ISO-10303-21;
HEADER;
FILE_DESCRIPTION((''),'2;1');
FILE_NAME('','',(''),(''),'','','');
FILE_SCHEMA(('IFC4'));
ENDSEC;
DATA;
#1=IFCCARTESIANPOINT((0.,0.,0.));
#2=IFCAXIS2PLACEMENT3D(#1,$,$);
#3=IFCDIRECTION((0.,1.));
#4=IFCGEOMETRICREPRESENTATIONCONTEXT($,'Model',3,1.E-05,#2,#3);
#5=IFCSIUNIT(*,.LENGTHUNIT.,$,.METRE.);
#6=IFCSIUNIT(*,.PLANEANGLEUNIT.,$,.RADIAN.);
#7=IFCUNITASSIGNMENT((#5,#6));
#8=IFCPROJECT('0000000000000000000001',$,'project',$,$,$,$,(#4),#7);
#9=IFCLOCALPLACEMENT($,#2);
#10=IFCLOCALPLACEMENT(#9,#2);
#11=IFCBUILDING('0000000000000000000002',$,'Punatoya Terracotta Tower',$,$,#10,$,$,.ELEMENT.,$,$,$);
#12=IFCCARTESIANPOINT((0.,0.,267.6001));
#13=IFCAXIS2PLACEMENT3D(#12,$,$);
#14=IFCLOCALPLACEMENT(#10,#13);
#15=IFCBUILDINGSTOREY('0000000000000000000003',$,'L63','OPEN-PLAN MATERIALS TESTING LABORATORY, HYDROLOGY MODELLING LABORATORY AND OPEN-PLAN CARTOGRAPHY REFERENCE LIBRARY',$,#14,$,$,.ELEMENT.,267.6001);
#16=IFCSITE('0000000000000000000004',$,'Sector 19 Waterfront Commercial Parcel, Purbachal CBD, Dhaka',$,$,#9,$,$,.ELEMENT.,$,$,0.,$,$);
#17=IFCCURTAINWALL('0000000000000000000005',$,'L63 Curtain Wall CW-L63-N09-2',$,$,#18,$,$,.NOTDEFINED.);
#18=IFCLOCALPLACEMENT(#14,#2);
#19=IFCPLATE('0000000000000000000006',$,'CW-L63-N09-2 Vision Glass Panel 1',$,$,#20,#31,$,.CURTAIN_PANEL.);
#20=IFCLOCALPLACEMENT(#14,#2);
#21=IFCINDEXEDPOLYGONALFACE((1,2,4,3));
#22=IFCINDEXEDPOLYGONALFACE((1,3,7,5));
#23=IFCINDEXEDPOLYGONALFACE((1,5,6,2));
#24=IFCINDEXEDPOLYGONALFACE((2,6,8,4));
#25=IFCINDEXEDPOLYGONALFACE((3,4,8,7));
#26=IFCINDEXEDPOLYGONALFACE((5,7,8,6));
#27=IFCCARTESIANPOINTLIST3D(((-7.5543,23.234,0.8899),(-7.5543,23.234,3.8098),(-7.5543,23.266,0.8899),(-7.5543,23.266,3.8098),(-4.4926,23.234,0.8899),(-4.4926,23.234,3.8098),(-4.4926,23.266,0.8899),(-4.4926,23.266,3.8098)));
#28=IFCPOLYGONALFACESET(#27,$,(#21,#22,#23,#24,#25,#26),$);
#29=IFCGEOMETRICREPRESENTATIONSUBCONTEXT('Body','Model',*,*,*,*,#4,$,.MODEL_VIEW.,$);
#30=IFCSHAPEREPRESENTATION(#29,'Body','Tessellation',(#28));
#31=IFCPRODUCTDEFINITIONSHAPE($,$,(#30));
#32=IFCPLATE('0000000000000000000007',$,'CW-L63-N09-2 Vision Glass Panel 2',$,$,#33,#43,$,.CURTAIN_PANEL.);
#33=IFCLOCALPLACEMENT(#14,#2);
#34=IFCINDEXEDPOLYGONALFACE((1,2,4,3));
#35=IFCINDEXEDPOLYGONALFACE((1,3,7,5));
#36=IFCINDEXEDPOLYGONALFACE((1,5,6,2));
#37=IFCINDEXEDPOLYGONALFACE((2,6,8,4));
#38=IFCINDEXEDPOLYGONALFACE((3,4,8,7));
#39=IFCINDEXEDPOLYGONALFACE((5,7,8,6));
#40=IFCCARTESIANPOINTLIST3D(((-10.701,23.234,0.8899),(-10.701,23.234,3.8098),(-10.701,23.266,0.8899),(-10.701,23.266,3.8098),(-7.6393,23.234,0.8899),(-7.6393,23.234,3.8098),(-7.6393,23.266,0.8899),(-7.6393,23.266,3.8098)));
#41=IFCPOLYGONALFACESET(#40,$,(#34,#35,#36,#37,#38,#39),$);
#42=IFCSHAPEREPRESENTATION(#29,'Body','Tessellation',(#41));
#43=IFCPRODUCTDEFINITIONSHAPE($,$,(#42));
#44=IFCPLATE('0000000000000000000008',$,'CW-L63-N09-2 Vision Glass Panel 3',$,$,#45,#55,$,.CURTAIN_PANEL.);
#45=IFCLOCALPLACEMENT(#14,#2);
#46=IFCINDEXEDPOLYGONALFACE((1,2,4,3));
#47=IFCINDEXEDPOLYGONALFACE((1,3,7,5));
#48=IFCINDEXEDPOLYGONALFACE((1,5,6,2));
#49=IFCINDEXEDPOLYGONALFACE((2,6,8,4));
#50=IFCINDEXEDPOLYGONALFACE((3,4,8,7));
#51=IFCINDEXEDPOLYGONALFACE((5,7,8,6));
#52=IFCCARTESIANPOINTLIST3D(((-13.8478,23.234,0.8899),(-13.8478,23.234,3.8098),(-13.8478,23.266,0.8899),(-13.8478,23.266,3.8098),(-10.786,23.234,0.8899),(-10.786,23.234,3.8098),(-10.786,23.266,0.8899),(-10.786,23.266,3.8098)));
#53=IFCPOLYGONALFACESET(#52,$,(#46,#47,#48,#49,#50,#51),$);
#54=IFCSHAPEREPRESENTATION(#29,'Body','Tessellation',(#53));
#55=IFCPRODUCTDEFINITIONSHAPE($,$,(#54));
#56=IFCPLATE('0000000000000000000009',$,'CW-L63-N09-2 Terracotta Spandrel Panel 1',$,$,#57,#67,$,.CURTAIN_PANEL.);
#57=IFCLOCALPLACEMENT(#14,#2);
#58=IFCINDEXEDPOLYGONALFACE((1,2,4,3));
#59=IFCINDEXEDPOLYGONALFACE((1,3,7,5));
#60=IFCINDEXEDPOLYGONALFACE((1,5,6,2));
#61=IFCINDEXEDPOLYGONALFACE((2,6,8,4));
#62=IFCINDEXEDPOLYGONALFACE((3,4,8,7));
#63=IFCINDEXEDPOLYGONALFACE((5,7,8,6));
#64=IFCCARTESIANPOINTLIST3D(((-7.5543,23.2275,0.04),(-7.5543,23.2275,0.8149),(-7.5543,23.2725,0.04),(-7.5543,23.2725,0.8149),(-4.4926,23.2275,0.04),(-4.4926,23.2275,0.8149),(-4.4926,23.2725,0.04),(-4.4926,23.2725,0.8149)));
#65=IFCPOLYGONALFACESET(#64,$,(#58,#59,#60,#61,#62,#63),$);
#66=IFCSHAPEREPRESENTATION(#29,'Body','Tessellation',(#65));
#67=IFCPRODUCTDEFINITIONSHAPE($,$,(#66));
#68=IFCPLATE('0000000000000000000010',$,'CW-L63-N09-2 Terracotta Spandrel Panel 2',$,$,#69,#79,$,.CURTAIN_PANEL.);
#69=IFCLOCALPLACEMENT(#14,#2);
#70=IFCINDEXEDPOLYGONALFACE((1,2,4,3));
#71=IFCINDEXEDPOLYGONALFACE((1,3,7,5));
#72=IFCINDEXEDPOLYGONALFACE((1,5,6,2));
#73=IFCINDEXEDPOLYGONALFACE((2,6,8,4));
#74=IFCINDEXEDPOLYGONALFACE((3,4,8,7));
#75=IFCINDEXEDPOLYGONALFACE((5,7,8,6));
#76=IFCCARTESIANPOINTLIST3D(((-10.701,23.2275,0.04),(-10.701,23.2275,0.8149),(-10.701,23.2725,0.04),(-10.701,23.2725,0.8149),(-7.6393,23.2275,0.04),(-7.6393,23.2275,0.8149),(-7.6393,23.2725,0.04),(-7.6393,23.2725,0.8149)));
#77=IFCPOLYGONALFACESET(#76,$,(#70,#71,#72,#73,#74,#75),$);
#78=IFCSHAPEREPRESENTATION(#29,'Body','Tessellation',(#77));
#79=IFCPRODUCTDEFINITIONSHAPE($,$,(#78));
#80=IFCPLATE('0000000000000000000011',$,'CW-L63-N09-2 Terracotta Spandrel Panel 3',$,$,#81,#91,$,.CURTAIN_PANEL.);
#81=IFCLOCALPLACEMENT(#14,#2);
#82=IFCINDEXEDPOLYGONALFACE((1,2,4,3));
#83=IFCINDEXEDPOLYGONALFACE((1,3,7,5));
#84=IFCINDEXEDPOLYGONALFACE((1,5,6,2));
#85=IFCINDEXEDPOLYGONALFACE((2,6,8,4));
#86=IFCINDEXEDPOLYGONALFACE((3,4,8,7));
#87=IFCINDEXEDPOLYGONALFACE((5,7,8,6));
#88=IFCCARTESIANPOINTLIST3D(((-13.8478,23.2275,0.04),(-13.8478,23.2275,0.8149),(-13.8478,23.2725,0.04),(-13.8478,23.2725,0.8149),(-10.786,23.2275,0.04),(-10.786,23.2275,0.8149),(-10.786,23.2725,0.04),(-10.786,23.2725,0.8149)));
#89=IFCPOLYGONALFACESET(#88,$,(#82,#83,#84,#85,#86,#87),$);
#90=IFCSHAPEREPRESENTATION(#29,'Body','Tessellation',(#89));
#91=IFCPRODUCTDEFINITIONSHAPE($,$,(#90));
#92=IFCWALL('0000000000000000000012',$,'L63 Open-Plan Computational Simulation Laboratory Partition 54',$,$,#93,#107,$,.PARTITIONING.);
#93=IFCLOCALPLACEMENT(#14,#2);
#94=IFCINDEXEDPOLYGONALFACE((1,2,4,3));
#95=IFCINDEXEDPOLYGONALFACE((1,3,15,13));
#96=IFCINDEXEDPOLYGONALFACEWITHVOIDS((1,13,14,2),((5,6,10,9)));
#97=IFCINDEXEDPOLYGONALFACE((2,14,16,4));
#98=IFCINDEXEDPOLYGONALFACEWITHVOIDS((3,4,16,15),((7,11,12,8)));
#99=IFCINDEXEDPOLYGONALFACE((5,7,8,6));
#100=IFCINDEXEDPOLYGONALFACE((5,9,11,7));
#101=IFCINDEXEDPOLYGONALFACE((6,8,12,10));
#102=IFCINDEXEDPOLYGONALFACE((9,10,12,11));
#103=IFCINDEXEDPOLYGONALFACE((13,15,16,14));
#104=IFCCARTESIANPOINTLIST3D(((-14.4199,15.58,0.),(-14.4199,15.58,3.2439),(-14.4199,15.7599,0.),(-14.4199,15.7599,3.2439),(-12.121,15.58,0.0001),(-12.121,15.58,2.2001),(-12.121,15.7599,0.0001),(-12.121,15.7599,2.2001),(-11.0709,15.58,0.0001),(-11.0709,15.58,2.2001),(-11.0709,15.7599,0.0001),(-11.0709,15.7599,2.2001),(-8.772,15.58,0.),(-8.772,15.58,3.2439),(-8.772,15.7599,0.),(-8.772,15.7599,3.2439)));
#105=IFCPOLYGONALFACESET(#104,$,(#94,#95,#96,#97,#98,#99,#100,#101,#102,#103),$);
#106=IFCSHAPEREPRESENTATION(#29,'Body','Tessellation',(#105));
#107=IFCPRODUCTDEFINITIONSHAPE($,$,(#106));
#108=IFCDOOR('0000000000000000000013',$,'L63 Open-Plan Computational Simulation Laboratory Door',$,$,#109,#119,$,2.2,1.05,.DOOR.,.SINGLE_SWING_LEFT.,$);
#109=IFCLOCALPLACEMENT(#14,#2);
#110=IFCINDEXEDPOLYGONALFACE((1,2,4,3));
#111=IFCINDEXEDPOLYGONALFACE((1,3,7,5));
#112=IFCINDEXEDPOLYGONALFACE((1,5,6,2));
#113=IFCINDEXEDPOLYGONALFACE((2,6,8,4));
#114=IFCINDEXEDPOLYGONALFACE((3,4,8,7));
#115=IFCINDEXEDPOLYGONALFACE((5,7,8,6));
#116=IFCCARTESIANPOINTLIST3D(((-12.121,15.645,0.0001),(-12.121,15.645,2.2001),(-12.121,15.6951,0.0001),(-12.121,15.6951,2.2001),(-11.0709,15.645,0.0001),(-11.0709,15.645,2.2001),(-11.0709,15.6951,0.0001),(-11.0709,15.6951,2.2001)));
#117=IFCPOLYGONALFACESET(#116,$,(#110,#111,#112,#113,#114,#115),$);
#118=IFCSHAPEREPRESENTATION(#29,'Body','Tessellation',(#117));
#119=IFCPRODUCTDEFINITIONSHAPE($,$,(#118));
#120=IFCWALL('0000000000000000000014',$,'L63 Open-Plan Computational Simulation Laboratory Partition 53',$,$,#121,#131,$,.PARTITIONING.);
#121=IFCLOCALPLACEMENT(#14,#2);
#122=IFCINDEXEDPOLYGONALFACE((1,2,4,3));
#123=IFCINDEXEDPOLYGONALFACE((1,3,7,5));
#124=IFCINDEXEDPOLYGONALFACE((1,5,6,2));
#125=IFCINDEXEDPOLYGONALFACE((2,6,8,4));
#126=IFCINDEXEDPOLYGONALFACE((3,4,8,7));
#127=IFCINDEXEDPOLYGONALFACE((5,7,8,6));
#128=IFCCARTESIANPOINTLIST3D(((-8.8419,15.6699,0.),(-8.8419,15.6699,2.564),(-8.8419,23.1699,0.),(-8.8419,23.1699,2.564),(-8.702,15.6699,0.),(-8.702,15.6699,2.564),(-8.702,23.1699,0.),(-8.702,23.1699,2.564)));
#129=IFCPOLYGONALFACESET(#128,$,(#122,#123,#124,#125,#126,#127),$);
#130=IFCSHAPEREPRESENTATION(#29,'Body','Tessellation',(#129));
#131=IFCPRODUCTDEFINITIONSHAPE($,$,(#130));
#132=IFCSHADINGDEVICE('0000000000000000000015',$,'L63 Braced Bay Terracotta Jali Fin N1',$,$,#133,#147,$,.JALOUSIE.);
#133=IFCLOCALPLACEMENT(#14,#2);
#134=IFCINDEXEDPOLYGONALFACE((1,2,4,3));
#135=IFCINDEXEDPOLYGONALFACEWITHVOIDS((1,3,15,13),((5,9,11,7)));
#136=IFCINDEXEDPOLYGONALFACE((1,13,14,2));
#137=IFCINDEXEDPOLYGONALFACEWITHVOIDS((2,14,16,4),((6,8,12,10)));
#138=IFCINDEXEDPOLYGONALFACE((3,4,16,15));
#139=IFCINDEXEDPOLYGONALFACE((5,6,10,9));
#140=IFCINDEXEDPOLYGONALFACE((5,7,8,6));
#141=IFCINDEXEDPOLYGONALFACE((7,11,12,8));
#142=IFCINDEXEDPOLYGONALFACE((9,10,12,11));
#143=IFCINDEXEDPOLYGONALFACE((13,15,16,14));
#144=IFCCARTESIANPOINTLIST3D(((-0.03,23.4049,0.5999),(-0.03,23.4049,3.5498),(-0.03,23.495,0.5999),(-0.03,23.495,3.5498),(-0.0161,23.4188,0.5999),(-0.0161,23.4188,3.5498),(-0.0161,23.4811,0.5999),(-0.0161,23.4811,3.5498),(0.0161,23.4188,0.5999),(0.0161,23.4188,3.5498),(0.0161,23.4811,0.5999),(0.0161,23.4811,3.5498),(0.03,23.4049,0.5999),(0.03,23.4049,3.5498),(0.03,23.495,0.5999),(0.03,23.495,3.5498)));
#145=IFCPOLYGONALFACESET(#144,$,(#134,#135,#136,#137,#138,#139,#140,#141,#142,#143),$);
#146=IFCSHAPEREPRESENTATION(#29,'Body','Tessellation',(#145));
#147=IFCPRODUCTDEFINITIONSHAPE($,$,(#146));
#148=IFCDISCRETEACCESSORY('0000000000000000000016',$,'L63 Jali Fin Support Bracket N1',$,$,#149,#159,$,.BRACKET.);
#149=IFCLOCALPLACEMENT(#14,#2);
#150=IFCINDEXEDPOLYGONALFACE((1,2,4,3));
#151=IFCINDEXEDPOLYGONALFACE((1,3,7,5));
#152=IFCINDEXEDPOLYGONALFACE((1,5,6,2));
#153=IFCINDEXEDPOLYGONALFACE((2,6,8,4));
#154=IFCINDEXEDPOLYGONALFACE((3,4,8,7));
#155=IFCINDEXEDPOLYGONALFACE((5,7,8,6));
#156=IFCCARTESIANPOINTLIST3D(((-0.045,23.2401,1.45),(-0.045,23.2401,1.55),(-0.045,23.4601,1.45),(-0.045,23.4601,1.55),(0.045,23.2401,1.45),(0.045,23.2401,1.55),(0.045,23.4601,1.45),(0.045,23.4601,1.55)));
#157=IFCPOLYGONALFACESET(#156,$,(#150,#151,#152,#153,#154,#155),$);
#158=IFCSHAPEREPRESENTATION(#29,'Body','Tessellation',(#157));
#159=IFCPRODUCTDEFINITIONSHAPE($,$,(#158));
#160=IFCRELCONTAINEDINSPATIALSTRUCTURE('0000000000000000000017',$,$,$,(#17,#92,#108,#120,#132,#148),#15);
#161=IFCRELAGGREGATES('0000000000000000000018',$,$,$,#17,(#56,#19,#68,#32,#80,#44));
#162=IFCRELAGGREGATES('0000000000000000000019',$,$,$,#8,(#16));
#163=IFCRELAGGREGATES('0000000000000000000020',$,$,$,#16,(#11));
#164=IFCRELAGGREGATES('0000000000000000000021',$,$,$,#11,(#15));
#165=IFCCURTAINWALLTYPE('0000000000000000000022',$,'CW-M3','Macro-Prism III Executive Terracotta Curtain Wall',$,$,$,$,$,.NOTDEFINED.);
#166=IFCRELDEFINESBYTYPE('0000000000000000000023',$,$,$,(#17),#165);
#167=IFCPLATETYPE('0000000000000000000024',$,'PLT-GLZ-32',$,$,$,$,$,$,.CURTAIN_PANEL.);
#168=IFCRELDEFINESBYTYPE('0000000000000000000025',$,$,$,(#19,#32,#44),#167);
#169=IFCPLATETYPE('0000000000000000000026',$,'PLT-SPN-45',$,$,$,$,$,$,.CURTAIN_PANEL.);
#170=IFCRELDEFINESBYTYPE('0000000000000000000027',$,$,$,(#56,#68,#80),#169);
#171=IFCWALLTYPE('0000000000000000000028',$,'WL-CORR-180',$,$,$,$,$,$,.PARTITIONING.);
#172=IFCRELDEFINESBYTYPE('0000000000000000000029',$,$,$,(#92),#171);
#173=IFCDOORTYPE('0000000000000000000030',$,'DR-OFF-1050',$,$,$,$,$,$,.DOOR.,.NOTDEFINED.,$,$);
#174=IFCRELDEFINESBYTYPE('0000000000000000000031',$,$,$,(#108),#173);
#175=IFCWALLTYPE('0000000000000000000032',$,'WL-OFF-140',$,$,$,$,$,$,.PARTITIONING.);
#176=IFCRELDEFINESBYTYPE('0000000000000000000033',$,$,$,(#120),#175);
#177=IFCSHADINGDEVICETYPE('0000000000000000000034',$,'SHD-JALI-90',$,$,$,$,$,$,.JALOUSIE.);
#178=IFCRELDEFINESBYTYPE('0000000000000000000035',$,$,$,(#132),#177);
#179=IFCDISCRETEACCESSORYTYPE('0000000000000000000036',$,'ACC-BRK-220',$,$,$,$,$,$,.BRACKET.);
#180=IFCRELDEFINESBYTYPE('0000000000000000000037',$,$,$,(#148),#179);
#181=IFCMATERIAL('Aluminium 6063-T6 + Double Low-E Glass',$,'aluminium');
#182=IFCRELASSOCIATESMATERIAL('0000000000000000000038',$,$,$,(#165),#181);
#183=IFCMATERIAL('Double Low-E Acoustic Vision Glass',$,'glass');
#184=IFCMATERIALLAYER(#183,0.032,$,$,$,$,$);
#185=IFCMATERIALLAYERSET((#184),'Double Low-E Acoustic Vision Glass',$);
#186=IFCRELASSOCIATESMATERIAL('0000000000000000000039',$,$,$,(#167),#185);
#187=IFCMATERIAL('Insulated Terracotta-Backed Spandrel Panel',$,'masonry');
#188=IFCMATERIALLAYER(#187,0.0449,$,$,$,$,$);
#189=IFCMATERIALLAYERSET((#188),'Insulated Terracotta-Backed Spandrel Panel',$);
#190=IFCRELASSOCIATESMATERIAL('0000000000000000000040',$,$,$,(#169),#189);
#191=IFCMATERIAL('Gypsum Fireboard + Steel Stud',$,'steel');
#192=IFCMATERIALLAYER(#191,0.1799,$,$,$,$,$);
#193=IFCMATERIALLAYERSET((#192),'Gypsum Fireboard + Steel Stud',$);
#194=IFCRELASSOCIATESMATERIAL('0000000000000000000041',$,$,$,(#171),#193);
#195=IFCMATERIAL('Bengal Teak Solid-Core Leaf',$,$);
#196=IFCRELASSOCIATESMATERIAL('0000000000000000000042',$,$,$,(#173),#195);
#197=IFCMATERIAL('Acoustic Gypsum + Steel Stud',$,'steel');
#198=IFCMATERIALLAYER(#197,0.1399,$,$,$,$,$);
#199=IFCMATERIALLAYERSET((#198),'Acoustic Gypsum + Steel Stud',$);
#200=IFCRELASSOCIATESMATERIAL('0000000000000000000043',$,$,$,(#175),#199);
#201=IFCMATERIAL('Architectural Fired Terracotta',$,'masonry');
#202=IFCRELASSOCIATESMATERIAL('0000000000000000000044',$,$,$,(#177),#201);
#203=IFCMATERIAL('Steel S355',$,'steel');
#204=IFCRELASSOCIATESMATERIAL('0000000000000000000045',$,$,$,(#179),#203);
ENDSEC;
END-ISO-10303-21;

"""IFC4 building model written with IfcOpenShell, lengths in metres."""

from ifc_helpers import new_model, si_unit, direction, frame, frame_2d, origin, origin_2d, place, context, subcontext, project, spatial, rectangle, hollow_rectangle, extrude, material, layer, layer_set, material_profile, profile_set, type_object, element, fill, aggregate, save


model = new_model("IFC4")

# Units and contexts
model_context = context("Model", 3, precision=1e-05, world=origin(), true_north=direction((0.0, 1.0)))
body_context = subcontext(model_context, "Body", "Model", "MODEL_VIEW")
ifc_project = project(units=[si_unit("LENGTHUNIT", "METRE"), si_unit("PLANEANGLEUNIT", "RADIAN")], contexts=[model_context])

# Site, building, storey
site_placement = place(None, origin())
site = spatial("IfcSite", under=ifc_project, at=site_placement, Name="Sector 19 Waterfront Commercial Parcel, Purbachal CBD, Dhaka", CompositionType="ELEMENT", RefElevation=0.0)
building_placement = place(site_placement, origin())
building = spatial("IfcBuilding", under=site, at=building_placement, Name="Punatoya Terracotta Tower", CompositionType="ELEMENT")
storey_placement = place(building_placement, frame((0.0, 0.0, 267.6001)))
storey = spatial("IfcBuildingStorey", under=building, at=storey_placement, Name="L63", Description="OPEN-PLAN MATERIALS TESTING LABORATORY, HYDROLOGY MODELLING LABORATORY AND OPEN-PLAN CARTOGRAPHY REFERENCE LIBRARY", CompositionType="ELEMENT", Elevation=267.6001)

# Shared definitions
ifc_material_1 = material(Name="Steel S355", Category="steel")

# Curtain wall
ifc_material_2 = material(Name="Aluminium 6063-T6 + Double Low-E Glass", Category="aluminium")
curtain_wall_type = type_object("IfcCurtainWallType", Name="CW-M3", Description="Macro-Prism III Executive Terracotta Curtain Wall", PredefinedType="NOTDEFINED", material=ifc_material_2)
curtain_wall_placement = place(storey_placement, origin())
curtain_wall = element("IfcCurtainWall", 1, at=curtain_wall_placement, inside=storey, type_object=curtain_wall_type, Name="L63 Curtain Wall CW-L63-N09-2", PredefinedType="NOTDEFINED")

# Plates
ifc_material_3 = material(Name="Double Low-E Acoustic Vision Glass", Category="glass")
ifc_layer_1 = layer(ifc_material_3, 0.032)
ifc_layer_set_1 = layer_set([ifc_layer_1], Name="Double Low-E Acoustic Vision Glass")
plate_type_1 = type_object("IfcPlateType", Name="PLT-GLZ-32", PredefinedType="CURTAIN_PANEL", material=ifc_layer_set_1)
plate_1_placement = place(storey_placement, frame((-6.0234, 23.25, 0.8899), z_axis=(0.0, 0.0, 1.0), x_axis=(-1.0, 0.0, 0.0)))
plate_1 = element("IfcPlate", 2, at=plate_1_placement, type_object=plate_type_1, Name="CW-L63-N09-2 Vision Glass Panel 1", PredefinedType="CURTAIN_PANEL", context=body_context, shape_type="SweptSolid", body=[
    extrude(rectangle(XDim=3.0618, YDim=0.032, at=origin_2d()), origin(), (0.0, 0.0, 1.0), 2.9199),
])
plate_2_placement = place(storey_placement, frame((-9.1702, 23.25, 0.8899), z_axis=(0.0, 0.0, 1.0), x_axis=(-1.0, 0.0, 0.0)))
plate_2 = element("IfcPlate", 3, at=plate_2_placement, type_object=plate_type_1, Name="CW-L63-N09-2 Vision Glass Panel 2", PredefinedType="CURTAIN_PANEL", context=body_context, shape_type="SweptSolid", body=[
    extrude(rectangle(XDim=3.0618, YDim=0.032, at=origin_2d()), origin(), (0.0, 0.0, 1.0), 2.9199),
])
plate_3_placement = place(storey_placement, frame((-12.3169, 23.25, 0.8899), z_axis=(0.0, 0.0, 1.0), x_axis=(-1.0, 0.0, 0.0)))
plate_3 = element("IfcPlate", 4, at=plate_3_placement, type_object=plate_type_1, Name="CW-L63-N09-2 Vision Glass Panel 3", PredefinedType="CURTAIN_PANEL", context=body_context, shape_type="SweptSolid", body=[
    extrude(rectangle(XDim=3.0618, YDim=0.032, at=origin_2d()), origin(), (0.0, 0.0, 1.0), 2.9199),
])
ifc_material_4 = material(Name="Insulated Terracotta-Backed Spandrel Panel", Category="masonry")
ifc_layer_2 = layer(ifc_material_4, 0.0449)
ifc_layer_set_2 = layer_set([ifc_layer_2], Name="Insulated Terracotta-Backed Spandrel Panel")
plate_type_2 = type_object("IfcPlateType", Name="PLT-SPN-45", PredefinedType="CURTAIN_PANEL", material=ifc_layer_set_2)
plate_4_placement = place(storey_placement, frame((-6.0234, 23.25, 0.04), z_axis=(0.0, 0.0, 1.0), x_axis=(-1.0, 0.0, 0.0)))
plate_4 = element("IfcPlate", 5, at=plate_4_placement, type_object=plate_type_2, Name="CW-L63-N09-2 Terracotta Spandrel Panel 1", PredefinedType="CURTAIN_PANEL", context=body_context, shape_type="SweptSolid", body=[
    extrude(rectangle(XDim=3.0618, YDim=0.0449, at=origin_2d()), origin(), (0.0, 0.0, 1.0), 0.7749),
])
plate_5_placement = place(storey_placement, frame((-9.1702, 23.25, 0.04), z_axis=(0.0, 0.0, 1.0), x_axis=(-1.0, 0.0, 0.0)))
plate_5 = element("IfcPlate", 6, at=plate_5_placement, type_object=plate_type_2, Name="CW-L63-N09-2 Terracotta Spandrel Panel 2", PredefinedType="CURTAIN_PANEL", context=body_context, shape_type="SweptSolid", body=[
    extrude(rectangle(XDim=3.0618, YDim=0.0449, at=origin_2d()), origin(), (0.0, 0.0, 1.0), 0.7749),
])
plate_6_placement = place(storey_placement, frame((-12.3169, 23.25, 0.04), z_axis=(0.0, 0.0, 1.0), x_axis=(-1.0, 0.0, 0.0)))
plate_6 = element("IfcPlate", 7, at=plate_6_placement, type_object=plate_type_2, Name="CW-L63-N09-2 Terracotta Spandrel Panel 3", PredefinedType="CURTAIN_PANEL", context=body_context, shape_type="SweptSolid", body=[
    extrude(rectangle(XDim=3.0618, YDim=0.0449, at=origin_2d()), origin(), (0.0, 0.0, 1.0), 0.7749),
])
aggregate(curtain_wall, [plate_4, plate_1, plate_5, plate_2, plate_6, plate_3])

# Wall, opening, door
ifc_material_5 = material(Name="Gypsum Fireboard + Steel Stud", Category="steel")
ifc_layer_3 = layer(ifc_material_5, 0.1799)
ifc_layer_set_3 = layer_set([ifc_layer_3], Name="Gypsum Fireboard + Steel Stud")
wall_type_1 = type_object("IfcWallType", Name="WL-CORR-180", PredefinedType="PARTITIONING", material=ifc_layer_set_3)
wall_1_placement = place(storey_placement, frame((-8.772, 15.6699, 0.0), z_axis=(0.0, 0.0, 1.0), x_axis=(-1.0, 0.0, 0.0)))
wall_1 = element("IfcWall", 8, at=wall_1_placement, inside=storey, type_object=wall_type_1, Name="L63 Open-Plan Computational Simulation Laboratory Partition 54", PredefinedType="PARTITIONING", context=body_context, shape_type="SweptSolid", body=[
    extrude(rectangle(XDim=5.6479, YDim=0.1799, at=frame_2d((2.824, 0.0))), origin(), (0.0, 0.0, 1.0), 3.2439),
])
opening_placement = place(wall_1_placement, frame((2.2991, 0.0, 0.0)))
opening = element("IfcOpeningElement", 9, at=opening_placement, cuts=wall_1, PredefinedType="OPENING", context=body_context, shape_type="SweptSolid", body=[
    extrude(rectangle(XDim=1.05, YDim=2.2, at=frame_2d((0.5249, 1.1001))), frame((0.0, 0.0999, 0.0), z_axis=(0.0, -1.0, 0.0), x_axis=(1.0, 0.0, 0.0)), (0.0, 0.0, 1.0), 0.2),
])
ifc_material_6 = material(Name="Bengal Teak Solid-Core Leaf")
door_type = type_object("IfcDoorType", Name="DR-OFF-1050", OperationType="NOTDEFINED", PredefinedType="DOOR", material=ifc_material_6)
door_placement = place(opening_placement, origin())
door = element("IfcDoor", 10, at=door_placement, inside=storey, type_object=door_type, Name="L63 Open-Plan Computational Simulation Laboratory Door", OperationType="SINGLE_SWING_LEFT", OverallHeight=2.2, OverallWidth=1.05, PredefinedType="DOOR", context=body_context, shape_type="SweptSolid", body=[
    extrude(rectangle(XDim=1.05, YDim=2.2, at=frame_2d((0.5249, 1.1001))), frame((0.0, 0.0249, 0.0), z_axis=(0.0, -1.0, 0.0), x_axis=(1.0, 0.0, 0.0)), (0.0, 0.0, 1.0), 0.05),
])
fill(opening, door)

# Wall
ifc_material_7 = material(Name="Acoustic Gypsum + Steel Stud", Category="steel")
ifc_layer_4 = layer(ifc_material_7, 0.1399)
ifc_layer_set_4 = layer_set([ifc_layer_4], Name="Acoustic Gypsum + Steel Stud")
wall_type_2 = type_object("IfcWallType", Name="WL-OFF-140", PredefinedType="PARTITIONING", material=ifc_layer_set_4)
wall_2_placement = place(storey_placement, frame((-8.772, 23.1699, 0.0), z_axis=(0.0, 0.0, 1.0), x_axis=(0.0, -1.0, 0.0)))
element("IfcWall", 11, at=wall_2_placement, inside=storey, type_object=wall_type_2, Name="L63 Open-Plan Computational Simulation Laboratory Partition 53", PredefinedType="PARTITIONING", context=body_context, shape_type="SweptSolid", body=[
    extrude(rectangle(XDim=7.5, YDim=0.1399, at=frame_2d((3.75, 0.0))), origin(), (0.0, 0.0, 1.0), 2.564),
])

# Shading device
ifc_material_8 = material(Name="Architectural Fired Terracotta", Category="masonry")
ifc_material_profile_1 = material_profile(ifc_material_8, hollow_rectangle(XDim=0.0601, YDim=0.0901, WallThickness=0.0139, at=origin_2d()))
ifc_profile_set_1 = profile_set([ifc_material_profile_1], Name="Architectural Fired Terracotta")
shading_device_type = type_object("IfcShadingDeviceType", Name="SHD-JALI-90", PredefinedType="JALOUSIE", material=ifc_profile_set_1)
shading_device_placement = place(storey_placement, frame((0.0, 23.45, 0.5999), z_axis=(0.0, 0.0, 1.0), x_axis=(1.0, 0.0, 0.0)))
element("IfcShadingDevice", 12, at=shading_device_placement, inside=storey, type_object=shading_device_type, Name="L63 Braced Bay Terracotta Jali Fin N1", PredefinedType="JALOUSIE", context=body_context, shape_type="SweptSolid", body=[
    extrude(hollow_rectangle(XDim=0.0601, YDim=0.0901, WallThickness=0.0139, at=origin_2d()), origin(), (0.0, 0.0, 1.0), 2.95),
])

# Discrete accessory
discrete_accessory_type = type_object("IfcDiscreteAccessoryType", Name="ACC-BRK-220", PredefinedType="BRACKET", material=ifc_material_1)
discrete_accessory_placement = place(storey_placement, frame((0.0, 23.3501, 1.45), z_axis=(0.0, 0.0, 1.0), x_axis=(-1.0, 0.0, 0.0)))
element("IfcDiscreteAccessory", 13, at=discrete_accessory_placement, inside=storey, type_object=discrete_accessory_type, Name="L63 Jali Fin Support Bracket N1", PredefinedType="BRACKET", context=body_context, shape_type="SweptSolid", body=[
    extrude(rectangle(XDim=0.0901, YDim=0.22, at=origin_2d()), origin(), (0.0, 0.0, 1.0), 0.1001),
])

save(model, "model.ifc")
